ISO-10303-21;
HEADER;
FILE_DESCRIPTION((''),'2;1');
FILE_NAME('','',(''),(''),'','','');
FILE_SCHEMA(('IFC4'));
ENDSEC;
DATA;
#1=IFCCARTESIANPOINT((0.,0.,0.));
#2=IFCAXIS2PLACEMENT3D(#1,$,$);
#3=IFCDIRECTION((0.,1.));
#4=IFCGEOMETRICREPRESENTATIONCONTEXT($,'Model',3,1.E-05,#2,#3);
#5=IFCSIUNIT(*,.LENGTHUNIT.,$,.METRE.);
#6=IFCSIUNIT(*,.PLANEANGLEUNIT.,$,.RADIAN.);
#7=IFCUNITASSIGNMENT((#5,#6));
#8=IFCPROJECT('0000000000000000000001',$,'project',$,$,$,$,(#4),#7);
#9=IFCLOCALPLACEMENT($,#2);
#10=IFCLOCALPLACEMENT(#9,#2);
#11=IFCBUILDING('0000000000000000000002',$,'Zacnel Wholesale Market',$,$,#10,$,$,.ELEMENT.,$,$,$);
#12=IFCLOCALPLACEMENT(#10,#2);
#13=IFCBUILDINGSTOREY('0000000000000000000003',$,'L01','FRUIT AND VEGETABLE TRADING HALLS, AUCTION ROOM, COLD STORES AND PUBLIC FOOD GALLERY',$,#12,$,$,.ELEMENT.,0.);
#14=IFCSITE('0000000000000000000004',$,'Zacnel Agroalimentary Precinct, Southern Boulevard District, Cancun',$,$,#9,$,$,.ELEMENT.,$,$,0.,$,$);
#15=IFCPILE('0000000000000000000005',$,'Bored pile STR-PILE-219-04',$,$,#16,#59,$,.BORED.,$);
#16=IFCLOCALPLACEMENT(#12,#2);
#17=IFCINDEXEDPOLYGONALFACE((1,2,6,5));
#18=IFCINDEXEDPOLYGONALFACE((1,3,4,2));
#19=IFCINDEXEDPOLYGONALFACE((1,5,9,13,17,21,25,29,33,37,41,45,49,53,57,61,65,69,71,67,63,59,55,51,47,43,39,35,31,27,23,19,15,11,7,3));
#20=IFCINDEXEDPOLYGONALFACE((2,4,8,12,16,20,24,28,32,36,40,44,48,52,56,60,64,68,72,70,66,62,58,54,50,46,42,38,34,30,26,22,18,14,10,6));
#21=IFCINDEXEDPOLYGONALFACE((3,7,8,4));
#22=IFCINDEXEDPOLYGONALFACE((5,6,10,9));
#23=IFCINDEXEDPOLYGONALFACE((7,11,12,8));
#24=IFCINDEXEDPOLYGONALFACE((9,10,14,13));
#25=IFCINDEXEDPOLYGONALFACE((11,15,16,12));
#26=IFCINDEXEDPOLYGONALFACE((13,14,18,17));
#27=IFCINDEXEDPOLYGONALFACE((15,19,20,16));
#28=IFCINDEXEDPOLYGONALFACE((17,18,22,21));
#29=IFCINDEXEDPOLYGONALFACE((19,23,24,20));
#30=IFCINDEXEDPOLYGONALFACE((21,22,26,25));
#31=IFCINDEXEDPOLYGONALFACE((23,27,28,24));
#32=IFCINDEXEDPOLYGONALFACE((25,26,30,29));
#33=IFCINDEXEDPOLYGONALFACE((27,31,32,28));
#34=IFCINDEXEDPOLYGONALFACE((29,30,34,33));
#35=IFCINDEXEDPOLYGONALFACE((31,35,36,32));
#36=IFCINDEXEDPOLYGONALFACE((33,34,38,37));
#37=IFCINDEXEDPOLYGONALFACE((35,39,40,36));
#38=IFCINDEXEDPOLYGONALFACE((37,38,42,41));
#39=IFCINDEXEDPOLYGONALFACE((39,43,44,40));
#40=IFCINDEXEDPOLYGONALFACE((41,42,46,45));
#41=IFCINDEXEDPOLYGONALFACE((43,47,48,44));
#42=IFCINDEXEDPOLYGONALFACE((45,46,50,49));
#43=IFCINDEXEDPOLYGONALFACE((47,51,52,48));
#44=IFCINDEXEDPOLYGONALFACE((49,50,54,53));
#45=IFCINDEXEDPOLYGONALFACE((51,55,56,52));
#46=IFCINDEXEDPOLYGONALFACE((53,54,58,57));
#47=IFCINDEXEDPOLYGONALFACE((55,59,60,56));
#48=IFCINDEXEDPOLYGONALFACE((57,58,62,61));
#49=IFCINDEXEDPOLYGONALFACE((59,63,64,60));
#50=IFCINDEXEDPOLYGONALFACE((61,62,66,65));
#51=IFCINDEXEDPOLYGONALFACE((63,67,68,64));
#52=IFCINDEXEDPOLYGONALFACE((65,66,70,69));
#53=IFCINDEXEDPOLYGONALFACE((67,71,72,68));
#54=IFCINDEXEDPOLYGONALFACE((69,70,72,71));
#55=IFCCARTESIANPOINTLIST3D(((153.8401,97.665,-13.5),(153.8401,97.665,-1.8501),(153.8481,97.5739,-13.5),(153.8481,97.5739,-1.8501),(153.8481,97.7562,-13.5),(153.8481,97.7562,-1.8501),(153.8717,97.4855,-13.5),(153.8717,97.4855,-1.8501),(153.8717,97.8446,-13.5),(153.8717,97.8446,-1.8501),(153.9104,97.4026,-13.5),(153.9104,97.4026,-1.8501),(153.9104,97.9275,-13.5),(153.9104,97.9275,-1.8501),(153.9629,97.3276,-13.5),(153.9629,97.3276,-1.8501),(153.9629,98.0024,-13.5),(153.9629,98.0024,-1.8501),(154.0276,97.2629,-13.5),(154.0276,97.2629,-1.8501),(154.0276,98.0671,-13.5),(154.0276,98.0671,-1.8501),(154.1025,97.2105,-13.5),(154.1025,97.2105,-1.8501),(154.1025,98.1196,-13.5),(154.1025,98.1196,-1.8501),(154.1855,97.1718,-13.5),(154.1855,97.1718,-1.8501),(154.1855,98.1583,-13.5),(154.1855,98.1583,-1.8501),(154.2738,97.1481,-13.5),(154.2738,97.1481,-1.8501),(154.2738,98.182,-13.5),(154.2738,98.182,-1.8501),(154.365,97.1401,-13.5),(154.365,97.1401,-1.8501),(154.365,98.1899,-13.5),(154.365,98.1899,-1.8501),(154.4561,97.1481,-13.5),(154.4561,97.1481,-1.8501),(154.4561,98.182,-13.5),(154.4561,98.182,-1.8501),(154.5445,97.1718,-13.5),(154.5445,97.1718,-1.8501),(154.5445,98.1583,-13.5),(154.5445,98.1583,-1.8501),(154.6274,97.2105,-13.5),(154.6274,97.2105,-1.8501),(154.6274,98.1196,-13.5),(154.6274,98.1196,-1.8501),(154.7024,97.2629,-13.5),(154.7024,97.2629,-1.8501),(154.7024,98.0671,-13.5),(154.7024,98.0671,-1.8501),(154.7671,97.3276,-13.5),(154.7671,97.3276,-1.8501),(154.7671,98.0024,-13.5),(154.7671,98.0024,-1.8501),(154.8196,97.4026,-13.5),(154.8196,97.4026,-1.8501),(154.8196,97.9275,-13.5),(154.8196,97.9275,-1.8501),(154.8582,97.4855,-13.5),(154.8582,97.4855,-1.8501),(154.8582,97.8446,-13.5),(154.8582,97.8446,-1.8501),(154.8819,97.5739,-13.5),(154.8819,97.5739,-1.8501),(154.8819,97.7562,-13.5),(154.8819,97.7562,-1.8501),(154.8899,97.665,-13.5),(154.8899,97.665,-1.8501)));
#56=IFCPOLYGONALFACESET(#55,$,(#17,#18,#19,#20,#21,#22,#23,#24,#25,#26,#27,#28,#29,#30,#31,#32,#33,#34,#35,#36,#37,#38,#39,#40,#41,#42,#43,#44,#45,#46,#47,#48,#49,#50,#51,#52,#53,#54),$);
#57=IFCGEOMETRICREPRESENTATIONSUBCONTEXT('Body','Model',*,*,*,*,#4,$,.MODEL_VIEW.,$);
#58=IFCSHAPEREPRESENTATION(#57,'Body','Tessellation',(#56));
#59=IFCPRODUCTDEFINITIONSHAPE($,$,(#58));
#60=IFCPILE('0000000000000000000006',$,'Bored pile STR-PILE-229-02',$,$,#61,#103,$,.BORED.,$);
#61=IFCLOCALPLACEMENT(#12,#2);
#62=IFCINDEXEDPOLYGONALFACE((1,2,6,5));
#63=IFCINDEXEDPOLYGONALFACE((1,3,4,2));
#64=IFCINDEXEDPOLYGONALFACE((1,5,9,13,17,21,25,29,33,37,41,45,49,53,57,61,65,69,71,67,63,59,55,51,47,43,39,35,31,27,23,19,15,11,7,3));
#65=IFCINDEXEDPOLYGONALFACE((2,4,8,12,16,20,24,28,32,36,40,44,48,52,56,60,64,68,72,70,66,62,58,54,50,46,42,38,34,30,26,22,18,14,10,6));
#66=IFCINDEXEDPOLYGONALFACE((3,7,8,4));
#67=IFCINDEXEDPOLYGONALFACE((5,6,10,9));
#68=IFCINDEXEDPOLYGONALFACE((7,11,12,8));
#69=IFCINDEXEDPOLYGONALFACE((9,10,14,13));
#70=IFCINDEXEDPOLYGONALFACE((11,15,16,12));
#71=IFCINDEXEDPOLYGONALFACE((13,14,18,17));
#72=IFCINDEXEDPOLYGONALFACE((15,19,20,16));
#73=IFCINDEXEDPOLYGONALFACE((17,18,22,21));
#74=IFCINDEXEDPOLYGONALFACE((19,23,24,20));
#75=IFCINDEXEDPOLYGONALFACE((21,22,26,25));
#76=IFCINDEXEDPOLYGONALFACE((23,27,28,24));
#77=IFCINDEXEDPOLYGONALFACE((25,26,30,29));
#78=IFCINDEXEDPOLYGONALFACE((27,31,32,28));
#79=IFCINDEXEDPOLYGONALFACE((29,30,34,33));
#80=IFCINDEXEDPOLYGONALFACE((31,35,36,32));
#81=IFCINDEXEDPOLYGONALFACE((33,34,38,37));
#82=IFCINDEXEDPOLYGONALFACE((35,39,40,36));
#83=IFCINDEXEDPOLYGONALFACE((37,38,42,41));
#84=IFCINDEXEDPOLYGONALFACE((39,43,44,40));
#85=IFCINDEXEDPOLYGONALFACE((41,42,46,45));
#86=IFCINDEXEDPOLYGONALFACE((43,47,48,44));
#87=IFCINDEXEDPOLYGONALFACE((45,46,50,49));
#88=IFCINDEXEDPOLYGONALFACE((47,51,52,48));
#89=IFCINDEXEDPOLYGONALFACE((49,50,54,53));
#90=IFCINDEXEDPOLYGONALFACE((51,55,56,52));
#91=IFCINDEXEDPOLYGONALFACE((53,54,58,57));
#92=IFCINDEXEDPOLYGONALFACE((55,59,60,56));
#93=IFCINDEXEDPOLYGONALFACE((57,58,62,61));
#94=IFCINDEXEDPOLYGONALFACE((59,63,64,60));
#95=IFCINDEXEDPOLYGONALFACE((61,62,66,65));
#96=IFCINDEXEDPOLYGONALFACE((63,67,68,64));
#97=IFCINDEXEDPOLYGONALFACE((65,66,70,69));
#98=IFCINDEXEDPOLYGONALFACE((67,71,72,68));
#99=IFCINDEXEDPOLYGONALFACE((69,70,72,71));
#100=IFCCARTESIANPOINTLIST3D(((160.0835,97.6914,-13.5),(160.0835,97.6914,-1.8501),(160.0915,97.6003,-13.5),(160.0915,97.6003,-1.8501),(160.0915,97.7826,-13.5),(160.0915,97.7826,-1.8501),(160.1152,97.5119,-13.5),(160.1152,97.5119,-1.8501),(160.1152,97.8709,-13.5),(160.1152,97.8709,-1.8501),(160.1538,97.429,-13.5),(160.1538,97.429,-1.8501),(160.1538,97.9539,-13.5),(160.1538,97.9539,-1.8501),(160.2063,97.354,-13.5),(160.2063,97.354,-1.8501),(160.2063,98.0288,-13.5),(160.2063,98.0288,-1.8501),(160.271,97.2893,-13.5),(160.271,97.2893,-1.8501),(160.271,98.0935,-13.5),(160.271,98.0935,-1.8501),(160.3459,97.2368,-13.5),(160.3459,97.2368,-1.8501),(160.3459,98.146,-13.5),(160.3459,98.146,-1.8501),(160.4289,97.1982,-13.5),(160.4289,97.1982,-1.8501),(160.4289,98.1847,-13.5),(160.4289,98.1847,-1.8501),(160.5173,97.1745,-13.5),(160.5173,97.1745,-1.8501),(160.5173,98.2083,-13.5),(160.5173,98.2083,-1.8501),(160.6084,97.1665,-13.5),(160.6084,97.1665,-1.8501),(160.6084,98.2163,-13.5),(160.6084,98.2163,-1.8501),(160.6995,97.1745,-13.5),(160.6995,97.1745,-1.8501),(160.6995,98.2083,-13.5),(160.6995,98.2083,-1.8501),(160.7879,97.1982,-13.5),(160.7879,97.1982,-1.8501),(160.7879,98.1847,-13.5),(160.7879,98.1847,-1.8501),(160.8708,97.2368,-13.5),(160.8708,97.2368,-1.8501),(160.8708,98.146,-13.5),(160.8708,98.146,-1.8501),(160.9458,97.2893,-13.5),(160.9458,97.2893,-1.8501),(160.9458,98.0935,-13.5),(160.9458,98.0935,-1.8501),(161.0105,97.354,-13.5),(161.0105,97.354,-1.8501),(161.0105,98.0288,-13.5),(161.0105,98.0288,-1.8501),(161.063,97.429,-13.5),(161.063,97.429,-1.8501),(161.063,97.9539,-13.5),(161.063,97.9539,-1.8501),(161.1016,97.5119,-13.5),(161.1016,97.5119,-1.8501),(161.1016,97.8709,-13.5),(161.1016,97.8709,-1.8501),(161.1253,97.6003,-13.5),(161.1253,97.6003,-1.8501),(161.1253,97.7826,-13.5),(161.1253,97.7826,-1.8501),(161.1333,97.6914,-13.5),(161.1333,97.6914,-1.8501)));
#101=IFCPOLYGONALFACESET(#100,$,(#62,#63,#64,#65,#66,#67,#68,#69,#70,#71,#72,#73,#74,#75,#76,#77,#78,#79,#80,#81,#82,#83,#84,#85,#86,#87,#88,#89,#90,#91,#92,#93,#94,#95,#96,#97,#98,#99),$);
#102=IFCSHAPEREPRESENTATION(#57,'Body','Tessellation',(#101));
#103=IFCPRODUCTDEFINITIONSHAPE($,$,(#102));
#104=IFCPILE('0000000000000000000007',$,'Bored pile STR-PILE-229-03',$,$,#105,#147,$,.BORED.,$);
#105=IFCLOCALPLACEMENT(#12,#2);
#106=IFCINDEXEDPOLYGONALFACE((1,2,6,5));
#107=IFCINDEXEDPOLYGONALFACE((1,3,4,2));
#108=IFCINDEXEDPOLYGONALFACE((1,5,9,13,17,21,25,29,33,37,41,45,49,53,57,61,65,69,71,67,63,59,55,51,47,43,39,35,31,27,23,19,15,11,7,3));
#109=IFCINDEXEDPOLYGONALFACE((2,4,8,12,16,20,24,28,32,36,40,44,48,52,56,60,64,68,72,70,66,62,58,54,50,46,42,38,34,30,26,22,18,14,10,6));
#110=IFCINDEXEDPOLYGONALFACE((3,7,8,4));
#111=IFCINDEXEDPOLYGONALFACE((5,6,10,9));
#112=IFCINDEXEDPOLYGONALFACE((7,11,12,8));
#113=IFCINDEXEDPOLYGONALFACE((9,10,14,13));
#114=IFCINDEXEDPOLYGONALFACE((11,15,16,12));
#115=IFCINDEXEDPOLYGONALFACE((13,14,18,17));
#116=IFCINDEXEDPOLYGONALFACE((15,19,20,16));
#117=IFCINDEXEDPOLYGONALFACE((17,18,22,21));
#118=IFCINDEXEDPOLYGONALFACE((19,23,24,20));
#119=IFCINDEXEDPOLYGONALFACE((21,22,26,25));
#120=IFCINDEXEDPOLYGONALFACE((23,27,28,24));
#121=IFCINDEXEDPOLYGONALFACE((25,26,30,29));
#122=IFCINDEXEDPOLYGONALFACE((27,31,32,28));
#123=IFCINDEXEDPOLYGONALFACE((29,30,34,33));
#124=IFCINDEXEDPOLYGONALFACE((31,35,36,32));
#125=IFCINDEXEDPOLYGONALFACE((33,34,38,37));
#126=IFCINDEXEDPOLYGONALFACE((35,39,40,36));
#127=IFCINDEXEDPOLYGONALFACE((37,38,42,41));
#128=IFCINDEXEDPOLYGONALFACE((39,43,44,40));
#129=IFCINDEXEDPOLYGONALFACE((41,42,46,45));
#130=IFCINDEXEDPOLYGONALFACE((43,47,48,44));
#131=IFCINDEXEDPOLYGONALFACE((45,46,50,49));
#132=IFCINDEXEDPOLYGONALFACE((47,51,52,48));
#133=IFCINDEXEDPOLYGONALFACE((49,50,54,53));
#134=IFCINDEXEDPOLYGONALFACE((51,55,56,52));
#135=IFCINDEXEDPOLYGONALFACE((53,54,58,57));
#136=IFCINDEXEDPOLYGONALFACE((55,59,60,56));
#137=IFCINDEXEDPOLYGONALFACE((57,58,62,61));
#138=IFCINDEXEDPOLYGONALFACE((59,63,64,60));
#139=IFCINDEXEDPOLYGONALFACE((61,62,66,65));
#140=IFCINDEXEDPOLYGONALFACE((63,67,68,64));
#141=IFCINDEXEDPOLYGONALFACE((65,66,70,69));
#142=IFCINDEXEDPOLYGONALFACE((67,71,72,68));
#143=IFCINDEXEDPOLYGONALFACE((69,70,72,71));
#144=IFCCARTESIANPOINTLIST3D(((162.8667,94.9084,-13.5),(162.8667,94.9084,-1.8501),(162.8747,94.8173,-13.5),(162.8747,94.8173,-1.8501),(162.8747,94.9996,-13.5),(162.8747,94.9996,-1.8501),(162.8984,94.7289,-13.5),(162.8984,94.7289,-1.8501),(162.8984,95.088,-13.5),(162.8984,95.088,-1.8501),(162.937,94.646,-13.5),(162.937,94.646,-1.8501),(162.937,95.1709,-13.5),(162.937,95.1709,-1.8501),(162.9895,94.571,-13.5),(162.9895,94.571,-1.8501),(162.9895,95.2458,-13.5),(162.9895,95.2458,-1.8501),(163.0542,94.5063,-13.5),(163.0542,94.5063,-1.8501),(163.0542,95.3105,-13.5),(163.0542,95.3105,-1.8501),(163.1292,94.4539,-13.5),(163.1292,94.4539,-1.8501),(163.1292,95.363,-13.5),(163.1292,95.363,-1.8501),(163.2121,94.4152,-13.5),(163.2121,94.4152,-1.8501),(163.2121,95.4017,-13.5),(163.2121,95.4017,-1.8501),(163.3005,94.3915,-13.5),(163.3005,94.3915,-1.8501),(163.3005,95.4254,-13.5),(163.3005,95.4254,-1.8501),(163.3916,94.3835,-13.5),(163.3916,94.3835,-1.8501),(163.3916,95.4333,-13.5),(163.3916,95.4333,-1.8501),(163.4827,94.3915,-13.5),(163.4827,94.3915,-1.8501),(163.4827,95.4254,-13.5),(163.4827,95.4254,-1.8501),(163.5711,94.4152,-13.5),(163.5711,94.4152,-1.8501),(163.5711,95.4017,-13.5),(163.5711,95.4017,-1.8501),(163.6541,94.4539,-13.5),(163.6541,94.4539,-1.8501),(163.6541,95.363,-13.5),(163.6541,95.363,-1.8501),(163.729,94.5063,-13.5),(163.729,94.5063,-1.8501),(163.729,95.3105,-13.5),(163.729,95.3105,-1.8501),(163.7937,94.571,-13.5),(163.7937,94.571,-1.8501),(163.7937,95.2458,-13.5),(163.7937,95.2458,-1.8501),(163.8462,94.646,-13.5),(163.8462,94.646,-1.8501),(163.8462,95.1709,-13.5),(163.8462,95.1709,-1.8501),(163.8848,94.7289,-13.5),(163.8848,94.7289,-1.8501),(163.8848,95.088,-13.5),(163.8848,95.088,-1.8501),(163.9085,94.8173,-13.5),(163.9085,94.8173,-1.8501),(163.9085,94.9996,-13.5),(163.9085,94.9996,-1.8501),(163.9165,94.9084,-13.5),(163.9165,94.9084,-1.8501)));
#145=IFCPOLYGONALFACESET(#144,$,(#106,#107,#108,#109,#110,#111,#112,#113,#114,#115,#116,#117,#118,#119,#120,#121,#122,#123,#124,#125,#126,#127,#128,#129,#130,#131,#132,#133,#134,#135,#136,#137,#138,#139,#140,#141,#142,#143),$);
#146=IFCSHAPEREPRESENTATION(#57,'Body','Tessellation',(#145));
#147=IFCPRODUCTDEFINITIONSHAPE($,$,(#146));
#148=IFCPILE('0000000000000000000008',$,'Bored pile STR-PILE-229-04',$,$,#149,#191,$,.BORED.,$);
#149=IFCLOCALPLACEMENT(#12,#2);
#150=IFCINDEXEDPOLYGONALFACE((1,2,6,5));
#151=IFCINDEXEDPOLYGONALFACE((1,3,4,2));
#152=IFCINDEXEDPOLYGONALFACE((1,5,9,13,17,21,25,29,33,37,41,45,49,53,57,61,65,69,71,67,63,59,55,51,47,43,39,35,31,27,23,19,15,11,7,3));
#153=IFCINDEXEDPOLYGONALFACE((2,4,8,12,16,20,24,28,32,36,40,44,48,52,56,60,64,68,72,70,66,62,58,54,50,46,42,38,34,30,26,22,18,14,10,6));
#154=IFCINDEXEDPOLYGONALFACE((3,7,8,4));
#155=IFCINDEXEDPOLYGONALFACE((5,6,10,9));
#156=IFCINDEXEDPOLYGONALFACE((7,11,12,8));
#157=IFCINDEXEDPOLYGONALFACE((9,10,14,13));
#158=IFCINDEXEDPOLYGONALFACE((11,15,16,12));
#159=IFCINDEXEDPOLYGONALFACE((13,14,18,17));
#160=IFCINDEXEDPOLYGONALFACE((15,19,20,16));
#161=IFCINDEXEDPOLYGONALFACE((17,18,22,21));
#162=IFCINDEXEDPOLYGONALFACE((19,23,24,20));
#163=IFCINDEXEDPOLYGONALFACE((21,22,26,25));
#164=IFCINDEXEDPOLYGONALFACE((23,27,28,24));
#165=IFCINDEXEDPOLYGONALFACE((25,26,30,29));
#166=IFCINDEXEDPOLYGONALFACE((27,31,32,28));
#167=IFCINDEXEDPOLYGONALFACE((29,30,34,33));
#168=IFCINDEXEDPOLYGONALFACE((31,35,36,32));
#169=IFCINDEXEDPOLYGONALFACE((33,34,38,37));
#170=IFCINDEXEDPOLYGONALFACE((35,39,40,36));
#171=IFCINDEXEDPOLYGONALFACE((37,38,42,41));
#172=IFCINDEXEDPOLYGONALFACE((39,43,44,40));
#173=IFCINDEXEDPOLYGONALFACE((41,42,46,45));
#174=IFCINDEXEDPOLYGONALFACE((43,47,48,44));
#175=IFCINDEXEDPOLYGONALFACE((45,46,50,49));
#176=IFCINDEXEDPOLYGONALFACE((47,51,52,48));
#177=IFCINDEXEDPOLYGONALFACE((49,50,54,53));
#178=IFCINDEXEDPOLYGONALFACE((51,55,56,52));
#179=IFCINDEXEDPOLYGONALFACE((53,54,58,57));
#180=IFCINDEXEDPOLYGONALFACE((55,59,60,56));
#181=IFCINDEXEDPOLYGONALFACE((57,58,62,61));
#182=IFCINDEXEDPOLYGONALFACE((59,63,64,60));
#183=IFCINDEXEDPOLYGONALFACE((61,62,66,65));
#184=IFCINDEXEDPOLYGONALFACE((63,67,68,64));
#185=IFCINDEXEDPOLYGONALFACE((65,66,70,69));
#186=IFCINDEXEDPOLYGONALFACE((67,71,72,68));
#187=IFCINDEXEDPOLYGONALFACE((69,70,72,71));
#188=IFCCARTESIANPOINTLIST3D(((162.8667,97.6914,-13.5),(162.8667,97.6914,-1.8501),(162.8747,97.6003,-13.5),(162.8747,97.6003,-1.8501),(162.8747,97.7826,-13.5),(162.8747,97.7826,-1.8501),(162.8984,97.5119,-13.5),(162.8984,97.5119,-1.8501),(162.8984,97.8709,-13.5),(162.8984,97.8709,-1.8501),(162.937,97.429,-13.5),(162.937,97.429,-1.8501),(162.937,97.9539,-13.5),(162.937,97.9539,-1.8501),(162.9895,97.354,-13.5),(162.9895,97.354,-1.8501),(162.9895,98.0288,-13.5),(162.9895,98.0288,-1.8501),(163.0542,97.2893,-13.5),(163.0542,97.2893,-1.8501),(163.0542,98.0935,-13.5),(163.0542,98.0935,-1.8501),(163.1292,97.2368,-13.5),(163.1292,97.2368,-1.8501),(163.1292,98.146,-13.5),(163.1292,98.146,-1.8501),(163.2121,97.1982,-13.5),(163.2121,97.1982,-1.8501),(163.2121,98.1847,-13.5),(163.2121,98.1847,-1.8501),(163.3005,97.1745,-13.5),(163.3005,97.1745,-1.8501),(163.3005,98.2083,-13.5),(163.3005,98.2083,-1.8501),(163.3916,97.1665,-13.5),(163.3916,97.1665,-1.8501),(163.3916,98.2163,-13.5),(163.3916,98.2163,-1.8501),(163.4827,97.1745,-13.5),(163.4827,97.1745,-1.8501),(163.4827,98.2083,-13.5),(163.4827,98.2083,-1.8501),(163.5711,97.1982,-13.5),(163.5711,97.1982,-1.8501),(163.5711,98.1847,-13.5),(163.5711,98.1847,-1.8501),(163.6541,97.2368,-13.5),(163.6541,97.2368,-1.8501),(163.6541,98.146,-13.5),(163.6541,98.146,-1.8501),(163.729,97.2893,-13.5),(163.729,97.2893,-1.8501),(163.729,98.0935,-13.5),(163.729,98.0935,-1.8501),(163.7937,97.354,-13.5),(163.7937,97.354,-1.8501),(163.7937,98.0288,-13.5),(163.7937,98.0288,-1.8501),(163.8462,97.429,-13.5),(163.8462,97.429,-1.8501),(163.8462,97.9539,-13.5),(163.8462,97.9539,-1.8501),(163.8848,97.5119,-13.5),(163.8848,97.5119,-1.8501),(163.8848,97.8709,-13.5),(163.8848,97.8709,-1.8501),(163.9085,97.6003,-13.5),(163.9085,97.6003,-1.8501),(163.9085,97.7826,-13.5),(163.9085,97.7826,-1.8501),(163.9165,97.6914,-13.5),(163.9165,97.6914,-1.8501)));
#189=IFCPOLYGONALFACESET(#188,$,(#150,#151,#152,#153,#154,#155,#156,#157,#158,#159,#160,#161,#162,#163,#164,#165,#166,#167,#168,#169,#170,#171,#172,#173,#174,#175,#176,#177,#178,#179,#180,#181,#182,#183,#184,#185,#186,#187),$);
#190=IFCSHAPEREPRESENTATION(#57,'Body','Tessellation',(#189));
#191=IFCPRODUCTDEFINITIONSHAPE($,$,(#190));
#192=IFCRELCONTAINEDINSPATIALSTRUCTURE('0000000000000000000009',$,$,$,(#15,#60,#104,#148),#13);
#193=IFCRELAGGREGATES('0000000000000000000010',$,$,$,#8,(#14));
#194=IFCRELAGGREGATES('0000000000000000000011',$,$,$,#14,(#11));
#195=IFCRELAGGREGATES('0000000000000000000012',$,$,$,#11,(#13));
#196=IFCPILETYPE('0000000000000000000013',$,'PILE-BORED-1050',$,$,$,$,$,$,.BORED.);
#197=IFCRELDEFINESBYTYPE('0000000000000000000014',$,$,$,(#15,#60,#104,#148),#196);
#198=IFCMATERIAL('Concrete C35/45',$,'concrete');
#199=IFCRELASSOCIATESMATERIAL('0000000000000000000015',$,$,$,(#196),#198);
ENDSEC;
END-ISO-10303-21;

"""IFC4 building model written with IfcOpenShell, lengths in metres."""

from ifc_helpers import new_model, si_unit, direction, frame, origin, origin_2d, place, context, subcontext, project, spatial, circle, extrude, material, material_profile, profile_set, type_object, element, save


model = new_model("IFC4")

# Units and contexts
model_context = context("Model", 3, precision=1e-05, world=origin(), true_north=direction((0.0, 1.0)))
body_context = subcontext(model_context, "Body", "Model", "MODEL_VIEW")
ifc_project = project(units=[si_unit("LENGTHUNIT", "METRE"), si_unit("PLANEANGLEUNIT", "RADIAN")], contexts=[model_context])

# Site, building, storey
site_placement = place(None, origin())
site = spatial("IfcSite", under=ifc_project, at=site_placement, Name="Zacnel Agroalimentary Precinct, Southern Boulevard District, Cancun", CompositionType="ELEMENT", RefElevation=0.0)
building_placement = place(site_placement, origin())
building = spatial("IfcBuilding", under=site, at=building_placement, Name="Zacnel Wholesale Market", CompositionType="ELEMENT")
storey_placement = place(building_placement, origin())
storey = spatial("IfcBuildingStorey", under=building, at=storey_placement, Name="L01", Description="FRUIT AND VEGETABLE TRADING HALLS, AUCTION ROOM, COLD STORES AND PUBLIC FOOD GALLERY", CompositionType="ELEMENT", Elevation=0.0)

# Piles
ifc_material_1 = material(Name="Concrete C35/45", Category="concrete")
ifc_material_profile_1 = material_profile(ifc_material_1, circle(Radius=0.5249, at=origin_2d()), Name="BORED PILE D1050")
ifc_profile_set_1 = profile_set([ifc_material_profile_1], Name="Concrete C35/45")
pile_type_1 = type_object("IfcPileType", Name="PILE-BORED-1050", PredefinedType="BORED", material=ifc_profile_set_1)
for number, where, z_axis, x_axis, name in (
    (1, (154.365, 97.665, -1.8501), (0.0, 0.0, -1.0), (1.0, 0.0, 0.0), "Bored pile STR-PILE-219-04"),
    (2, (160.6084, 97.6914, -1.8501), (0.0, 0.0, -1.0), (1.0, 0.0, 0.0), "Bored pile STR-PILE-229-02"),
    (3, (163.3916, 94.9084, -1.8501), (0.0, 0.0, -1.0), (1.0, 0.0, 0.0), "Bored pile STR-PILE-229-03"),
    (4, (163.3916, 97.6914, -1.8501), (0.0, 0.0, -1.0), (1.0, 0.0, 0.0), "Bored pile STR-PILE-229-04"),
):
    element("IfcPile", number, at=place(storey_placement, frame(where, z_axis=z_axis, x_axis=x_axis)), inside=storey, type_object=pile_type_1, Name=name, PredefinedType="BORED", context=body_context, shape_type="SweptSolid", body=[
        extrude(circle(Radius=0.5249, at=origin_2d()), origin(), (0.0, 0.0, 1.0), 11.6499),
    ])

save(model, "model.ifc")
